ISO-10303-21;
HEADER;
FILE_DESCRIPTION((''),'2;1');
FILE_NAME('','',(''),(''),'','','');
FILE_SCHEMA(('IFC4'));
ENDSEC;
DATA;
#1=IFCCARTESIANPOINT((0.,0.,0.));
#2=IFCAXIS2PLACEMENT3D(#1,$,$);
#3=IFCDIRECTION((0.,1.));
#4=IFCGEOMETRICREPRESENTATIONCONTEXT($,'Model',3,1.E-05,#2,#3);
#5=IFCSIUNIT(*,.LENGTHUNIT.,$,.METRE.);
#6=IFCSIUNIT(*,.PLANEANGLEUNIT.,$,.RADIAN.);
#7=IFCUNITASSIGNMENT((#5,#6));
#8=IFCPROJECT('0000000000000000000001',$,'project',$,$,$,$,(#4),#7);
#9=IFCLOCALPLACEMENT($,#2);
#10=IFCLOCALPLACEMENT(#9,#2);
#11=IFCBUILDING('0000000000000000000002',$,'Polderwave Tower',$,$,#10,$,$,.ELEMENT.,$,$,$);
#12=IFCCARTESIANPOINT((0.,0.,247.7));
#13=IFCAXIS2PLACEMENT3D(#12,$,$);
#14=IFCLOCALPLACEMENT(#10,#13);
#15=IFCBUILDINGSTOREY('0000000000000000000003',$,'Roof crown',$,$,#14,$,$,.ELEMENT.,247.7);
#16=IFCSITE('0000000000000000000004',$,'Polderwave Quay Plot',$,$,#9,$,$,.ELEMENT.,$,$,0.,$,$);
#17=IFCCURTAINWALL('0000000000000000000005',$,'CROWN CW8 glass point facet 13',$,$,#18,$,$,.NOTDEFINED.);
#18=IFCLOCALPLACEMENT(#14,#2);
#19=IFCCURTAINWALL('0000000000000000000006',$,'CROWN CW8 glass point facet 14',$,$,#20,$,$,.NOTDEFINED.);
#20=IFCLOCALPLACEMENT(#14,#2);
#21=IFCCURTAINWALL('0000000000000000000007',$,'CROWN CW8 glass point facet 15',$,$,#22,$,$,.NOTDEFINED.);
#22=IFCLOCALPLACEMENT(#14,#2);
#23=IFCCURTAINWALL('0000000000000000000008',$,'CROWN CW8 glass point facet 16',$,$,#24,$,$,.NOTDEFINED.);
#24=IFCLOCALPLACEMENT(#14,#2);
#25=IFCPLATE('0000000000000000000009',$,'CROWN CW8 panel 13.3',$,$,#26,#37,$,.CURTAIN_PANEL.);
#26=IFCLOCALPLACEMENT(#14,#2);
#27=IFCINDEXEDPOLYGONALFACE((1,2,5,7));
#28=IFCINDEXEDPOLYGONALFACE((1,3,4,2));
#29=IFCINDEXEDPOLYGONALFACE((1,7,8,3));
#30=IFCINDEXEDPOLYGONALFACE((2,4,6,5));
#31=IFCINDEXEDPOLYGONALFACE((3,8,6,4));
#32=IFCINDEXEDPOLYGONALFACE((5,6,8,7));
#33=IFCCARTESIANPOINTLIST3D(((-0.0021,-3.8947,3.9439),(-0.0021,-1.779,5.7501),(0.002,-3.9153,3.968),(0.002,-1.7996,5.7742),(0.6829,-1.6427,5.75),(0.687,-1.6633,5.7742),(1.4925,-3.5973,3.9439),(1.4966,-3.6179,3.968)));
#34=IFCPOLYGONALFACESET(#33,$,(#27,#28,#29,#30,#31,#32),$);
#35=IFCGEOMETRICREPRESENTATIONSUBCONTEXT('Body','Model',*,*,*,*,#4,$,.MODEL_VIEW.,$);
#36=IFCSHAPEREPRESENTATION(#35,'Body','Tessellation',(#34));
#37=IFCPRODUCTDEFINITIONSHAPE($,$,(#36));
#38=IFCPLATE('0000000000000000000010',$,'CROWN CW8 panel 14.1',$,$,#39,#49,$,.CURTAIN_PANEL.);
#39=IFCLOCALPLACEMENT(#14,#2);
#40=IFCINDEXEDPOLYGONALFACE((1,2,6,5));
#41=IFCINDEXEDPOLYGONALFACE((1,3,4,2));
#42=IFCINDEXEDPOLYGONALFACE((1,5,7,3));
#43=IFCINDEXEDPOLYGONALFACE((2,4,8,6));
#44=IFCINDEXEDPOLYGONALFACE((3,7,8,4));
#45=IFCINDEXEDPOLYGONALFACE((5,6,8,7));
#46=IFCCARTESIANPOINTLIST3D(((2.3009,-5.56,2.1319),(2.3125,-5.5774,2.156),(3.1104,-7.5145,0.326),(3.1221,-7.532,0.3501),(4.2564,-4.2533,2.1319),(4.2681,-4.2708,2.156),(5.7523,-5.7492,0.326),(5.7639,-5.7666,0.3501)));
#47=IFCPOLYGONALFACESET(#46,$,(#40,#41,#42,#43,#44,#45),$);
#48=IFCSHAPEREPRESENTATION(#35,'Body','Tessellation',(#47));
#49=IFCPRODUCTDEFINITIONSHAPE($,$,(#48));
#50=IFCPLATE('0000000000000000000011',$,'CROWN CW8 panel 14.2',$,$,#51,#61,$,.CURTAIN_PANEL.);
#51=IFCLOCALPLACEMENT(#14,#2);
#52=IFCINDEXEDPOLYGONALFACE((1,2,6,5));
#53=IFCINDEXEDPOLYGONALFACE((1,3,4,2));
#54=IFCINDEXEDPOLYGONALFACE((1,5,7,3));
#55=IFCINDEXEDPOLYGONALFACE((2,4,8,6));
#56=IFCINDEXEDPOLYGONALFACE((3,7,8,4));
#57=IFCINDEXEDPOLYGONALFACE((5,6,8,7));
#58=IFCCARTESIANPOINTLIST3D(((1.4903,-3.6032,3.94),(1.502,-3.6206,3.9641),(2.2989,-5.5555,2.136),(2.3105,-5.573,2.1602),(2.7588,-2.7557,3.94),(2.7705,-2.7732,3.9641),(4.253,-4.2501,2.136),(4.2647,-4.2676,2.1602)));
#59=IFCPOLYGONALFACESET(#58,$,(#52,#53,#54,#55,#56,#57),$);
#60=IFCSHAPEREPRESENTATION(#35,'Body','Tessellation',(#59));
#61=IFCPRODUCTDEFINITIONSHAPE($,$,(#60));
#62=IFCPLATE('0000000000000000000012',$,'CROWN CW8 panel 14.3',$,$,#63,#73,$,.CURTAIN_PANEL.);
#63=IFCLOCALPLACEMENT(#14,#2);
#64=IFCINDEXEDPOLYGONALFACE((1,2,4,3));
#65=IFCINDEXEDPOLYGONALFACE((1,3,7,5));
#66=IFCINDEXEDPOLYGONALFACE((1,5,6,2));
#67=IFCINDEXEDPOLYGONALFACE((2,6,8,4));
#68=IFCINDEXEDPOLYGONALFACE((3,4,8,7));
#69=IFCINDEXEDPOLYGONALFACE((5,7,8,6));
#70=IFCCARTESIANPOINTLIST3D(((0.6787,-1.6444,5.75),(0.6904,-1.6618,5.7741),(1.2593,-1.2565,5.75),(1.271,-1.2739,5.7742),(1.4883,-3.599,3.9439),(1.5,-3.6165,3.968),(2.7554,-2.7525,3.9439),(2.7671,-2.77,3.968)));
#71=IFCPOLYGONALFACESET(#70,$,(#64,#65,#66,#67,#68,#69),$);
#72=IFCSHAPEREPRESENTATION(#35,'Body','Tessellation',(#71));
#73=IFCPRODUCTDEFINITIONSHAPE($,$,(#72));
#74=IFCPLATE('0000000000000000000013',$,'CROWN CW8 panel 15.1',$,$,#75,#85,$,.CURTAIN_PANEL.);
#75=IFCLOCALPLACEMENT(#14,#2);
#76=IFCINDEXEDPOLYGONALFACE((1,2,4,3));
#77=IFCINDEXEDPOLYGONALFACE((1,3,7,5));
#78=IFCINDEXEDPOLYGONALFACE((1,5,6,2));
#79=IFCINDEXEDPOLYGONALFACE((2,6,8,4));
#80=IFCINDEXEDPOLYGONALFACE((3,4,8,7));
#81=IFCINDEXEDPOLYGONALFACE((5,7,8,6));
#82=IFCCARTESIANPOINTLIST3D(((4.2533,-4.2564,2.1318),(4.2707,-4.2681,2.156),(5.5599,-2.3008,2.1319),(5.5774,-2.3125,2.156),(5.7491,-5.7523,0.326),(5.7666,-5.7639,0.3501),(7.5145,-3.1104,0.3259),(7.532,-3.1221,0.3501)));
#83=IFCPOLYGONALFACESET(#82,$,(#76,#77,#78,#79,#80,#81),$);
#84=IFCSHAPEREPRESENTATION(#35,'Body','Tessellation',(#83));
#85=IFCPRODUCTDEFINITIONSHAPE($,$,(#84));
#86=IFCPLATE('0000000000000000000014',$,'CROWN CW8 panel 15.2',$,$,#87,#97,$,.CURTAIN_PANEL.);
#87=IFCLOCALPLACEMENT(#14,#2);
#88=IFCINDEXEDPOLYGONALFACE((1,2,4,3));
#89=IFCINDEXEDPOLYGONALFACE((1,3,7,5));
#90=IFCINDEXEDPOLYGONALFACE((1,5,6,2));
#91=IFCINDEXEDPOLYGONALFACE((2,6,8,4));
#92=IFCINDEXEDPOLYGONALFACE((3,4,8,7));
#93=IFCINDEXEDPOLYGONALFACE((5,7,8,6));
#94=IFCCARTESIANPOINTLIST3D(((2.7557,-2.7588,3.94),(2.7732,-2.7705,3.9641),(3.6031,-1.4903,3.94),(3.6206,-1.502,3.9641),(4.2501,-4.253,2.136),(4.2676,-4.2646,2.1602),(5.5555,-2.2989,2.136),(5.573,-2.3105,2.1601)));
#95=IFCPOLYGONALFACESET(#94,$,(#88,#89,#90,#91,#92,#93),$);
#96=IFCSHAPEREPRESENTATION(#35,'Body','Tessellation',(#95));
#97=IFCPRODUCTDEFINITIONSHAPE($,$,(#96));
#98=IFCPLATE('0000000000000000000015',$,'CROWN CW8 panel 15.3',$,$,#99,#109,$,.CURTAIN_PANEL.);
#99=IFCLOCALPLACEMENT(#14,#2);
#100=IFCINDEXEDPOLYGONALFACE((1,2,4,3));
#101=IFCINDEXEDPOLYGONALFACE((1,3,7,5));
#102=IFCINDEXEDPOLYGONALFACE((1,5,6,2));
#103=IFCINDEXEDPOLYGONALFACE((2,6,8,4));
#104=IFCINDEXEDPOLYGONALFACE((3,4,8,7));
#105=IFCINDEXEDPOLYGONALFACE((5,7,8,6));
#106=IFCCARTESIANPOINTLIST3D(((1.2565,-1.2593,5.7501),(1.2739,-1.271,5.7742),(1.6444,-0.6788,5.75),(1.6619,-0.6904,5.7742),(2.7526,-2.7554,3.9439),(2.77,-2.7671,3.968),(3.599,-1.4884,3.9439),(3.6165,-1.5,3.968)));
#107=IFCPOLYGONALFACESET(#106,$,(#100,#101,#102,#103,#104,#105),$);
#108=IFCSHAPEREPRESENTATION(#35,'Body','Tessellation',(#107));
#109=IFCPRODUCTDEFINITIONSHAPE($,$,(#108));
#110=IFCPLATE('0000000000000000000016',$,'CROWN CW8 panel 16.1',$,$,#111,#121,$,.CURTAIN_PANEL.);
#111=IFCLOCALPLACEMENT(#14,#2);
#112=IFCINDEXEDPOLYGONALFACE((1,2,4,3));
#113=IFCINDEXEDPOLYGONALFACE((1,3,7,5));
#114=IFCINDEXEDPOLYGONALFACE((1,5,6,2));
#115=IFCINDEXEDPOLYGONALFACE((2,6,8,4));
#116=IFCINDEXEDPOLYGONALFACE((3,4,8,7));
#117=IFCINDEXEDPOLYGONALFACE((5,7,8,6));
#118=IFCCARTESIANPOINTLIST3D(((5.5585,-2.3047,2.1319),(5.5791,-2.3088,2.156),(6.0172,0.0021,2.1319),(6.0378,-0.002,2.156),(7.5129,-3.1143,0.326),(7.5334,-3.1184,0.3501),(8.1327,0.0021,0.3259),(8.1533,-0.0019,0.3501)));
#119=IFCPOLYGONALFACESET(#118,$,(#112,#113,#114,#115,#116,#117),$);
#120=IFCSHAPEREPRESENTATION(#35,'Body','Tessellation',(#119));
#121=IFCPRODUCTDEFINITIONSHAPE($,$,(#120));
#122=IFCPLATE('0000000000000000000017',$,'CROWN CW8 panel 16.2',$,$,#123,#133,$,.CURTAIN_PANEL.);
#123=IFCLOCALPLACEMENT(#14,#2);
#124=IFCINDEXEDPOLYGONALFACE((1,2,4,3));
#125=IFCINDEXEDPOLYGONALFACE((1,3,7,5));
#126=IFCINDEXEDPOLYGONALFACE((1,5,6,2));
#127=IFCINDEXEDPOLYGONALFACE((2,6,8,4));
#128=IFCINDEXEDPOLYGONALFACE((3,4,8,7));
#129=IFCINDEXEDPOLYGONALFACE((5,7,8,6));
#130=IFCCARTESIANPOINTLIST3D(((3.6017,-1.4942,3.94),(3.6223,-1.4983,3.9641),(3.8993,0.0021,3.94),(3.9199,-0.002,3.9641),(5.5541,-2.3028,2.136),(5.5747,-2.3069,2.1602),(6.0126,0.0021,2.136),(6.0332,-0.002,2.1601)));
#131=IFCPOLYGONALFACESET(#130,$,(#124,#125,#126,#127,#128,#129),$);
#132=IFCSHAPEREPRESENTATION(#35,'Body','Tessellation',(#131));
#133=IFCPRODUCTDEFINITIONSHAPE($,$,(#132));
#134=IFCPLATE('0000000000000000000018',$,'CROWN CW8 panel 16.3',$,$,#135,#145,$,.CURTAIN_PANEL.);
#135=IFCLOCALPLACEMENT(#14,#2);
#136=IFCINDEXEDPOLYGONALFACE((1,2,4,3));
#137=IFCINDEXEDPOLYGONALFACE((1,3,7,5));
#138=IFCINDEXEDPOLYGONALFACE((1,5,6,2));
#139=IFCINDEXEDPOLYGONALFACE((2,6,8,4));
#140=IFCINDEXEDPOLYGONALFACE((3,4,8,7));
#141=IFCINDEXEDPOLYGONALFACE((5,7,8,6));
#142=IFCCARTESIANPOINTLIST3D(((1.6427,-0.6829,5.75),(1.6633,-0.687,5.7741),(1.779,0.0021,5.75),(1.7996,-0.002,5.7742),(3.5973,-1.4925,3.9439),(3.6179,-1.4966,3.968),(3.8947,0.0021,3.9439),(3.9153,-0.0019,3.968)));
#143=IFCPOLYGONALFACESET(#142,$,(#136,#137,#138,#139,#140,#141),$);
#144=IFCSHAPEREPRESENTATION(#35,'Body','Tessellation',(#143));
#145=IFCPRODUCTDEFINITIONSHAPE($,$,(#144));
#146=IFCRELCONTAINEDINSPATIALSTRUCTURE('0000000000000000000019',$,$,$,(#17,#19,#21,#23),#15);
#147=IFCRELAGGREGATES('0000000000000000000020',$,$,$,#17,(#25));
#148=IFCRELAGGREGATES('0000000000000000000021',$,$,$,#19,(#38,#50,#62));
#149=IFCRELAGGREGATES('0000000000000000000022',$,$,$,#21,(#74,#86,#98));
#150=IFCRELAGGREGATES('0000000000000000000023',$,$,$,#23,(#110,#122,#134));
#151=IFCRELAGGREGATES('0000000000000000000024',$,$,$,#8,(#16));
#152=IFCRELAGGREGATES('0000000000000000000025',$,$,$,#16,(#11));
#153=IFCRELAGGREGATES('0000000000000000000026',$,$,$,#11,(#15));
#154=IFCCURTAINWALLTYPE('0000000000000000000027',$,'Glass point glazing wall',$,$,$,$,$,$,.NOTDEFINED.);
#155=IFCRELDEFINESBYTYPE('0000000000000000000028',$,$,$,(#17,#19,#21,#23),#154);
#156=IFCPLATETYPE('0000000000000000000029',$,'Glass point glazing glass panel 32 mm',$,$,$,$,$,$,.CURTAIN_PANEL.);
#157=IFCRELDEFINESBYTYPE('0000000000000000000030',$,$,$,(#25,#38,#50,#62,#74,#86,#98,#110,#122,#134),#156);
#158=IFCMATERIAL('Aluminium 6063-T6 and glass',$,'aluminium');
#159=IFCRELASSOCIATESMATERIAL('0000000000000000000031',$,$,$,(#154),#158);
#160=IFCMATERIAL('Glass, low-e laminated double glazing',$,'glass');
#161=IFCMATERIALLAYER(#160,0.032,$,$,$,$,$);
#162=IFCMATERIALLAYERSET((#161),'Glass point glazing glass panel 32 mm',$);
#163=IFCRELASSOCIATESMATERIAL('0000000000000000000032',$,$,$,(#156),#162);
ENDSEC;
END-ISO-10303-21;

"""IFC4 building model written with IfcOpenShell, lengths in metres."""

from ifc_helpers import new_model, si_unit, direction, frame, origin, place, context, subcontext, project, spatial, polyline, outline, extrude, material, layer, layer_set, type_object, element, aggregate, save


model = new_model("IFC4")

# Units and contexts
model_context = context("Model", 3, precision=1e-05, world=origin(), true_north=direction((0.0, 1.0)))
body_context = subcontext(model_context, "Body", "Model", "MODEL_VIEW")
ifc_project = project(units=[si_unit("LENGTHUNIT", "METRE"), si_unit("PLANEANGLEUNIT", "RADIAN")], contexts=[model_context])

# Site, building, storey
site_placement = place(None, origin())
site = spatial("IfcSite", under=ifc_project, at=site_placement, Name="Polderwave Quay Plot", CompositionType="ELEMENT", RefElevation=0.0)
building_placement = place(site_placement, origin())
building = spatial("IfcBuilding", under=site, at=building_placement, Name="Polderwave Tower", CompositionType="ELEMENT")
storey_placement = place(building_placement, frame((0.0, 0.0, 247.7)))
storey = spatial("IfcBuildingStorey", under=building, at=storey_placement, Name="Roof crown", CompositionType="ELEMENT", Elevation=247.7)

# Curtain walls
ifc_material_1 = material(Name="Aluminium 6063-T6 and glass", Category="aluminium")
curtain_wall_type = type_object("IfcCurtainWallType", Name="Glass point glazing wall", PredefinedType="NOTDEFINED", material=ifc_material_1)
curtain_wall_1_placement = place(storey_placement, origin())
curtain_wall_1 = element("IfcCurtainWall", 1, at=curtain_wall_1_placement, inside=storey, type_object=curtain_wall_type, Name="CROWN CW8 glass point facet 13", PredefinedType="NOTDEFINED")
curtain_wall_2_placement = place(storey_placement, origin())
curtain_wall_2 = element("IfcCurtainWall", 2, at=curtain_wall_2_placement, inside=storey, type_object=curtain_wall_type, Name="CROWN CW8 glass point facet 14", PredefinedType="NOTDEFINED")
curtain_wall_3_placement = place(storey_placement, origin())
curtain_wall_3 = element("IfcCurtainWall", 3, at=curtain_wall_3_placement, inside=storey, type_object=curtain_wall_type, Name="CROWN CW8 glass point facet 15", PredefinedType="NOTDEFINED")
curtain_wall_4_placement = place(storey_placement, origin())
curtain_wall_4 = element("IfcCurtainWall", 4, at=curtain_wall_4_placement, inside=storey, type_object=curtain_wall_type, Name="CROWN CW8 glass point facet 16", PredefinedType="NOTDEFINED")

# Plates
ifc_material_2 = material(Name="Glass, low-e laminated double glazing", Category="glass")
ifc_layer_1 = layer(ifc_material_2, 0.032)
ifc_layer_set_1 = layer_set([ifc_layer_1], Name="Glass point glazing glass panel 32 mm")
plate_type_1 = type_object("IfcPlateType", Name="Glass point glazing glass panel 32 mm", PredefinedType="CURTAIN_PANEL", material=ifc_layer_set_1)
plate_1_placement = place(storey_placement, frame((0.002, -3.9153, 3.968), z_axis=(0.128094, -0.643931, 0.754284), x_axis=(0.98078, 0.195118, 0.000014)))
plate_1 = element("IfcPlate", 5, at=plate_1_placement, type_object=plate_type_1, Name="CROWN CW8 panel 13.3", PredefinedType="CURTAIN_PANEL", context=body_context, shape_type="SweptSolid", body=[
    extrude(outline(polyline([(0.0, 0.0), (1.5239, 0.0), (1.1113, 2.751), (0.4128, 2.751), (0.0, 0.0)])), origin(), (0.0, 0.0, -1.0), 0.032),
])
aggregate(curtain_wall_1, [plate_1])
plate_2_placement = place(storey_placement, frame((3.1221, -7.532, 0.3501), z_axis=(0.364755, -0.545872, 0.754306), x_axis=(0.831452, 0.555596, 0.000011)))
plate_2 = element("IfcPlate", 6, at=plate_2_placement, type_object=plate_type_1, Name="CROWN CW8 panel 14.1", PredefinedType="CURTAIN_PANEL", context=body_context, shape_type="SweptSolid", body=[
    extrude(outline(polyline([(0.0, 0.0), (3.1774, 0.0), (2.7648, 2.7507), (0.4129, 2.7508), (0.0, 0.0)])), origin(), (0.0, 0.0, -1.0), 0.032),
])
plate_3_placement = place(storey_placement, frame((2.3105, -5.573, 2.1602), z_axis=(0.364691, -0.54592, 0.754302), x_axis=(0.831524, 0.555488, 0.000004)))
plate_3 = element("IfcPlate", 7, at=plate_3_placement, type_object=plate_type_1, Name="CROWN CW8 panel 14.2", PredefinedType="CURTAIN_PANEL", context=body_context, shape_type="SweptSolid", body=[
    extrude(outline(polyline([(0.0, 0.0), (2.35, 0.0), (1.9377, 2.7477), (0.4122, 2.7477), (0.0, 0.0)])), origin(), (0.0, 0.0, -1.0), 0.032),
])
plate_4_placement = place(storey_placement, frame((1.5, -3.6165, 3.968), z_axis=(0.364717, -0.545922, 0.754288), x_axis=(0.831522, 0.555491, -0.000021)))
plate_4 = element("IfcPlate", 8, at=plate_4_placement, type_object=plate_type_1, Name="CROWN CW8 panel 14.3", PredefinedType="CURTAIN_PANEL", context=body_context, shape_type="SweptSolid", body=[
    extrude(outline(polyline([(0.0, 0.0), (1.5238, 0.0), (1.1108, 2.751), (0.4125, 2.751), (0.0, 0.0)])), origin(), (0.0, 0.0, -1.0), 0.032),
])
aggregate(curtain_wall_2, [plate_2, plate_3, plate_4])
plate_5_placement = place(storey_placement, frame((5.7666, -5.7639, 0.3501), z_axis=(0.545872, -0.364755, 0.754306), x_axis=(0.555596, 0.831452, -0.000011)))
plate_5 = element("IfcPlate", 9, at=plate_5_placement, type_object=plate_type_1, Name="CROWN CW8 panel 15.1", PredefinedType="CURTAIN_PANEL", context=body_context, shape_type="SweptSolid", body=[
    extrude(outline(polyline([(0.0, 0.0), (3.1774, 0.0), (2.7645, 2.7508), (0.4126, 2.7507), (0.0, 0.0)])), origin(), (0.0, 0.0, -1.0), 0.032),
])
plate_6_placement = place(storey_placement, frame((4.2676, -4.2646, 2.1602), z_axis=(0.54592, -0.364691, 0.754302), x_axis=(0.555488, 0.831524, -0.000004)))
plate_6 = element("IfcPlate", 10, at=plate_6_placement, type_object=plate_type_1, Name="CROWN CW8 panel 15.2", PredefinedType="CURTAIN_PANEL", context=body_context, shape_type="SweptSolid", body=[
    extrude(outline(polyline([(0.0, 0.0), (2.35, 0.0), (1.9379, 2.7477), (0.4123, 2.7477), (0.0, 0.0)])), origin(), (0.0, 0.0, -1.0), 0.032),
])
plate_7_placement = place(storey_placement, frame((2.77, -2.7671, 3.968), z_axis=(0.545922, -0.364717, 0.754288), x_axis=(0.555491, 0.831522, 0.000021)))
plate_7 = element("IfcPlate", 11, at=plate_7_placement, type_object=plate_type_1, Name="CROWN CW8 panel 15.3", PredefinedType="CURTAIN_PANEL", context=body_context, shape_type="SweptSolid", body=[
    extrude(outline(polyline([(0.0, 0.0), (1.5238, 0.0), (1.1113, 2.751), (0.413, 2.751), (0.0, 0.0)])), origin(), (0.0, 0.0, -1.0), 0.032),
])
aggregate(curtain_wall_3, [plate_5, plate_6, plate_7])
plate_8_placement = place(storey_placement, frame((7.5334, -3.1184, 0.3501), z_axis=(0.643929, -0.128067, 0.75429), x_axis=(0.195074, 0.980789, -0.000009)))
plate_8 = element("IfcPlate", 12, at=plate_8_placement, type_object=plate_type_1, Name="CROWN CW8 panel 16.1", PredefinedType="CURTAIN_PANEL", context=body_context, shape_type="SweptSolid", body=[
    extrude(outline(polyline([(0.0, 0.0), (3.1775, 0.0), (2.7648, 2.7507), (0.4128, 2.7506), (0.0, 0.0)])), origin(), (0.0, 0.0, -1.0), 0.032),
])
plate_9_placement = place(storey_placement, frame((5.5747, -2.3069, 2.1602), z_axis=(0.643906, -0.128078, 0.754308), x_axis=(0.195092, 0.980785, -0.000005)))
plate_9 = element("IfcPlate", 13, at=plate_9_placement, type_object=plate_type_1, Name="CROWN CW8 panel 16.2", PredefinedType="CURTAIN_PANEL", context=body_context, shape_type="SweptSolid", body=[
    extrude(outline(polyline([(0.0, 0.0), (2.3501, 0.0), (1.9378, 2.7478), (0.4121, 2.7477), (0.0, 0.0)])), origin(), (0.0, 0.0, -1.0), 0.032),
])
plate_10_placement = place(storey_placement, frame((3.6179, -1.4966, 3.968), z_axis=(0.643931, -0.128094, 0.754284), x_axis=(0.195118, 0.98078, -0.000014)))
plate_10 = element("IfcPlate", 14, at=plate_10_placement, type_object=plate_type_1, Name="CROWN CW8 panel 16.3", PredefinedType="CURTAIN_PANEL", context=body_context, shape_type="SweptSolid", body=[
    extrude(outline(polyline([(0.0, 0.0), (1.5239, 0.0), (1.1111, 2.751), (0.4126, 2.751), (0.0, 0.0)])), origin(), (0.0, 0.0, -1.0), 0.032),
])
aggregate(curtain_wall_4, [plate_8, plate_9, plate_10])

save(model, "model.ifc")
